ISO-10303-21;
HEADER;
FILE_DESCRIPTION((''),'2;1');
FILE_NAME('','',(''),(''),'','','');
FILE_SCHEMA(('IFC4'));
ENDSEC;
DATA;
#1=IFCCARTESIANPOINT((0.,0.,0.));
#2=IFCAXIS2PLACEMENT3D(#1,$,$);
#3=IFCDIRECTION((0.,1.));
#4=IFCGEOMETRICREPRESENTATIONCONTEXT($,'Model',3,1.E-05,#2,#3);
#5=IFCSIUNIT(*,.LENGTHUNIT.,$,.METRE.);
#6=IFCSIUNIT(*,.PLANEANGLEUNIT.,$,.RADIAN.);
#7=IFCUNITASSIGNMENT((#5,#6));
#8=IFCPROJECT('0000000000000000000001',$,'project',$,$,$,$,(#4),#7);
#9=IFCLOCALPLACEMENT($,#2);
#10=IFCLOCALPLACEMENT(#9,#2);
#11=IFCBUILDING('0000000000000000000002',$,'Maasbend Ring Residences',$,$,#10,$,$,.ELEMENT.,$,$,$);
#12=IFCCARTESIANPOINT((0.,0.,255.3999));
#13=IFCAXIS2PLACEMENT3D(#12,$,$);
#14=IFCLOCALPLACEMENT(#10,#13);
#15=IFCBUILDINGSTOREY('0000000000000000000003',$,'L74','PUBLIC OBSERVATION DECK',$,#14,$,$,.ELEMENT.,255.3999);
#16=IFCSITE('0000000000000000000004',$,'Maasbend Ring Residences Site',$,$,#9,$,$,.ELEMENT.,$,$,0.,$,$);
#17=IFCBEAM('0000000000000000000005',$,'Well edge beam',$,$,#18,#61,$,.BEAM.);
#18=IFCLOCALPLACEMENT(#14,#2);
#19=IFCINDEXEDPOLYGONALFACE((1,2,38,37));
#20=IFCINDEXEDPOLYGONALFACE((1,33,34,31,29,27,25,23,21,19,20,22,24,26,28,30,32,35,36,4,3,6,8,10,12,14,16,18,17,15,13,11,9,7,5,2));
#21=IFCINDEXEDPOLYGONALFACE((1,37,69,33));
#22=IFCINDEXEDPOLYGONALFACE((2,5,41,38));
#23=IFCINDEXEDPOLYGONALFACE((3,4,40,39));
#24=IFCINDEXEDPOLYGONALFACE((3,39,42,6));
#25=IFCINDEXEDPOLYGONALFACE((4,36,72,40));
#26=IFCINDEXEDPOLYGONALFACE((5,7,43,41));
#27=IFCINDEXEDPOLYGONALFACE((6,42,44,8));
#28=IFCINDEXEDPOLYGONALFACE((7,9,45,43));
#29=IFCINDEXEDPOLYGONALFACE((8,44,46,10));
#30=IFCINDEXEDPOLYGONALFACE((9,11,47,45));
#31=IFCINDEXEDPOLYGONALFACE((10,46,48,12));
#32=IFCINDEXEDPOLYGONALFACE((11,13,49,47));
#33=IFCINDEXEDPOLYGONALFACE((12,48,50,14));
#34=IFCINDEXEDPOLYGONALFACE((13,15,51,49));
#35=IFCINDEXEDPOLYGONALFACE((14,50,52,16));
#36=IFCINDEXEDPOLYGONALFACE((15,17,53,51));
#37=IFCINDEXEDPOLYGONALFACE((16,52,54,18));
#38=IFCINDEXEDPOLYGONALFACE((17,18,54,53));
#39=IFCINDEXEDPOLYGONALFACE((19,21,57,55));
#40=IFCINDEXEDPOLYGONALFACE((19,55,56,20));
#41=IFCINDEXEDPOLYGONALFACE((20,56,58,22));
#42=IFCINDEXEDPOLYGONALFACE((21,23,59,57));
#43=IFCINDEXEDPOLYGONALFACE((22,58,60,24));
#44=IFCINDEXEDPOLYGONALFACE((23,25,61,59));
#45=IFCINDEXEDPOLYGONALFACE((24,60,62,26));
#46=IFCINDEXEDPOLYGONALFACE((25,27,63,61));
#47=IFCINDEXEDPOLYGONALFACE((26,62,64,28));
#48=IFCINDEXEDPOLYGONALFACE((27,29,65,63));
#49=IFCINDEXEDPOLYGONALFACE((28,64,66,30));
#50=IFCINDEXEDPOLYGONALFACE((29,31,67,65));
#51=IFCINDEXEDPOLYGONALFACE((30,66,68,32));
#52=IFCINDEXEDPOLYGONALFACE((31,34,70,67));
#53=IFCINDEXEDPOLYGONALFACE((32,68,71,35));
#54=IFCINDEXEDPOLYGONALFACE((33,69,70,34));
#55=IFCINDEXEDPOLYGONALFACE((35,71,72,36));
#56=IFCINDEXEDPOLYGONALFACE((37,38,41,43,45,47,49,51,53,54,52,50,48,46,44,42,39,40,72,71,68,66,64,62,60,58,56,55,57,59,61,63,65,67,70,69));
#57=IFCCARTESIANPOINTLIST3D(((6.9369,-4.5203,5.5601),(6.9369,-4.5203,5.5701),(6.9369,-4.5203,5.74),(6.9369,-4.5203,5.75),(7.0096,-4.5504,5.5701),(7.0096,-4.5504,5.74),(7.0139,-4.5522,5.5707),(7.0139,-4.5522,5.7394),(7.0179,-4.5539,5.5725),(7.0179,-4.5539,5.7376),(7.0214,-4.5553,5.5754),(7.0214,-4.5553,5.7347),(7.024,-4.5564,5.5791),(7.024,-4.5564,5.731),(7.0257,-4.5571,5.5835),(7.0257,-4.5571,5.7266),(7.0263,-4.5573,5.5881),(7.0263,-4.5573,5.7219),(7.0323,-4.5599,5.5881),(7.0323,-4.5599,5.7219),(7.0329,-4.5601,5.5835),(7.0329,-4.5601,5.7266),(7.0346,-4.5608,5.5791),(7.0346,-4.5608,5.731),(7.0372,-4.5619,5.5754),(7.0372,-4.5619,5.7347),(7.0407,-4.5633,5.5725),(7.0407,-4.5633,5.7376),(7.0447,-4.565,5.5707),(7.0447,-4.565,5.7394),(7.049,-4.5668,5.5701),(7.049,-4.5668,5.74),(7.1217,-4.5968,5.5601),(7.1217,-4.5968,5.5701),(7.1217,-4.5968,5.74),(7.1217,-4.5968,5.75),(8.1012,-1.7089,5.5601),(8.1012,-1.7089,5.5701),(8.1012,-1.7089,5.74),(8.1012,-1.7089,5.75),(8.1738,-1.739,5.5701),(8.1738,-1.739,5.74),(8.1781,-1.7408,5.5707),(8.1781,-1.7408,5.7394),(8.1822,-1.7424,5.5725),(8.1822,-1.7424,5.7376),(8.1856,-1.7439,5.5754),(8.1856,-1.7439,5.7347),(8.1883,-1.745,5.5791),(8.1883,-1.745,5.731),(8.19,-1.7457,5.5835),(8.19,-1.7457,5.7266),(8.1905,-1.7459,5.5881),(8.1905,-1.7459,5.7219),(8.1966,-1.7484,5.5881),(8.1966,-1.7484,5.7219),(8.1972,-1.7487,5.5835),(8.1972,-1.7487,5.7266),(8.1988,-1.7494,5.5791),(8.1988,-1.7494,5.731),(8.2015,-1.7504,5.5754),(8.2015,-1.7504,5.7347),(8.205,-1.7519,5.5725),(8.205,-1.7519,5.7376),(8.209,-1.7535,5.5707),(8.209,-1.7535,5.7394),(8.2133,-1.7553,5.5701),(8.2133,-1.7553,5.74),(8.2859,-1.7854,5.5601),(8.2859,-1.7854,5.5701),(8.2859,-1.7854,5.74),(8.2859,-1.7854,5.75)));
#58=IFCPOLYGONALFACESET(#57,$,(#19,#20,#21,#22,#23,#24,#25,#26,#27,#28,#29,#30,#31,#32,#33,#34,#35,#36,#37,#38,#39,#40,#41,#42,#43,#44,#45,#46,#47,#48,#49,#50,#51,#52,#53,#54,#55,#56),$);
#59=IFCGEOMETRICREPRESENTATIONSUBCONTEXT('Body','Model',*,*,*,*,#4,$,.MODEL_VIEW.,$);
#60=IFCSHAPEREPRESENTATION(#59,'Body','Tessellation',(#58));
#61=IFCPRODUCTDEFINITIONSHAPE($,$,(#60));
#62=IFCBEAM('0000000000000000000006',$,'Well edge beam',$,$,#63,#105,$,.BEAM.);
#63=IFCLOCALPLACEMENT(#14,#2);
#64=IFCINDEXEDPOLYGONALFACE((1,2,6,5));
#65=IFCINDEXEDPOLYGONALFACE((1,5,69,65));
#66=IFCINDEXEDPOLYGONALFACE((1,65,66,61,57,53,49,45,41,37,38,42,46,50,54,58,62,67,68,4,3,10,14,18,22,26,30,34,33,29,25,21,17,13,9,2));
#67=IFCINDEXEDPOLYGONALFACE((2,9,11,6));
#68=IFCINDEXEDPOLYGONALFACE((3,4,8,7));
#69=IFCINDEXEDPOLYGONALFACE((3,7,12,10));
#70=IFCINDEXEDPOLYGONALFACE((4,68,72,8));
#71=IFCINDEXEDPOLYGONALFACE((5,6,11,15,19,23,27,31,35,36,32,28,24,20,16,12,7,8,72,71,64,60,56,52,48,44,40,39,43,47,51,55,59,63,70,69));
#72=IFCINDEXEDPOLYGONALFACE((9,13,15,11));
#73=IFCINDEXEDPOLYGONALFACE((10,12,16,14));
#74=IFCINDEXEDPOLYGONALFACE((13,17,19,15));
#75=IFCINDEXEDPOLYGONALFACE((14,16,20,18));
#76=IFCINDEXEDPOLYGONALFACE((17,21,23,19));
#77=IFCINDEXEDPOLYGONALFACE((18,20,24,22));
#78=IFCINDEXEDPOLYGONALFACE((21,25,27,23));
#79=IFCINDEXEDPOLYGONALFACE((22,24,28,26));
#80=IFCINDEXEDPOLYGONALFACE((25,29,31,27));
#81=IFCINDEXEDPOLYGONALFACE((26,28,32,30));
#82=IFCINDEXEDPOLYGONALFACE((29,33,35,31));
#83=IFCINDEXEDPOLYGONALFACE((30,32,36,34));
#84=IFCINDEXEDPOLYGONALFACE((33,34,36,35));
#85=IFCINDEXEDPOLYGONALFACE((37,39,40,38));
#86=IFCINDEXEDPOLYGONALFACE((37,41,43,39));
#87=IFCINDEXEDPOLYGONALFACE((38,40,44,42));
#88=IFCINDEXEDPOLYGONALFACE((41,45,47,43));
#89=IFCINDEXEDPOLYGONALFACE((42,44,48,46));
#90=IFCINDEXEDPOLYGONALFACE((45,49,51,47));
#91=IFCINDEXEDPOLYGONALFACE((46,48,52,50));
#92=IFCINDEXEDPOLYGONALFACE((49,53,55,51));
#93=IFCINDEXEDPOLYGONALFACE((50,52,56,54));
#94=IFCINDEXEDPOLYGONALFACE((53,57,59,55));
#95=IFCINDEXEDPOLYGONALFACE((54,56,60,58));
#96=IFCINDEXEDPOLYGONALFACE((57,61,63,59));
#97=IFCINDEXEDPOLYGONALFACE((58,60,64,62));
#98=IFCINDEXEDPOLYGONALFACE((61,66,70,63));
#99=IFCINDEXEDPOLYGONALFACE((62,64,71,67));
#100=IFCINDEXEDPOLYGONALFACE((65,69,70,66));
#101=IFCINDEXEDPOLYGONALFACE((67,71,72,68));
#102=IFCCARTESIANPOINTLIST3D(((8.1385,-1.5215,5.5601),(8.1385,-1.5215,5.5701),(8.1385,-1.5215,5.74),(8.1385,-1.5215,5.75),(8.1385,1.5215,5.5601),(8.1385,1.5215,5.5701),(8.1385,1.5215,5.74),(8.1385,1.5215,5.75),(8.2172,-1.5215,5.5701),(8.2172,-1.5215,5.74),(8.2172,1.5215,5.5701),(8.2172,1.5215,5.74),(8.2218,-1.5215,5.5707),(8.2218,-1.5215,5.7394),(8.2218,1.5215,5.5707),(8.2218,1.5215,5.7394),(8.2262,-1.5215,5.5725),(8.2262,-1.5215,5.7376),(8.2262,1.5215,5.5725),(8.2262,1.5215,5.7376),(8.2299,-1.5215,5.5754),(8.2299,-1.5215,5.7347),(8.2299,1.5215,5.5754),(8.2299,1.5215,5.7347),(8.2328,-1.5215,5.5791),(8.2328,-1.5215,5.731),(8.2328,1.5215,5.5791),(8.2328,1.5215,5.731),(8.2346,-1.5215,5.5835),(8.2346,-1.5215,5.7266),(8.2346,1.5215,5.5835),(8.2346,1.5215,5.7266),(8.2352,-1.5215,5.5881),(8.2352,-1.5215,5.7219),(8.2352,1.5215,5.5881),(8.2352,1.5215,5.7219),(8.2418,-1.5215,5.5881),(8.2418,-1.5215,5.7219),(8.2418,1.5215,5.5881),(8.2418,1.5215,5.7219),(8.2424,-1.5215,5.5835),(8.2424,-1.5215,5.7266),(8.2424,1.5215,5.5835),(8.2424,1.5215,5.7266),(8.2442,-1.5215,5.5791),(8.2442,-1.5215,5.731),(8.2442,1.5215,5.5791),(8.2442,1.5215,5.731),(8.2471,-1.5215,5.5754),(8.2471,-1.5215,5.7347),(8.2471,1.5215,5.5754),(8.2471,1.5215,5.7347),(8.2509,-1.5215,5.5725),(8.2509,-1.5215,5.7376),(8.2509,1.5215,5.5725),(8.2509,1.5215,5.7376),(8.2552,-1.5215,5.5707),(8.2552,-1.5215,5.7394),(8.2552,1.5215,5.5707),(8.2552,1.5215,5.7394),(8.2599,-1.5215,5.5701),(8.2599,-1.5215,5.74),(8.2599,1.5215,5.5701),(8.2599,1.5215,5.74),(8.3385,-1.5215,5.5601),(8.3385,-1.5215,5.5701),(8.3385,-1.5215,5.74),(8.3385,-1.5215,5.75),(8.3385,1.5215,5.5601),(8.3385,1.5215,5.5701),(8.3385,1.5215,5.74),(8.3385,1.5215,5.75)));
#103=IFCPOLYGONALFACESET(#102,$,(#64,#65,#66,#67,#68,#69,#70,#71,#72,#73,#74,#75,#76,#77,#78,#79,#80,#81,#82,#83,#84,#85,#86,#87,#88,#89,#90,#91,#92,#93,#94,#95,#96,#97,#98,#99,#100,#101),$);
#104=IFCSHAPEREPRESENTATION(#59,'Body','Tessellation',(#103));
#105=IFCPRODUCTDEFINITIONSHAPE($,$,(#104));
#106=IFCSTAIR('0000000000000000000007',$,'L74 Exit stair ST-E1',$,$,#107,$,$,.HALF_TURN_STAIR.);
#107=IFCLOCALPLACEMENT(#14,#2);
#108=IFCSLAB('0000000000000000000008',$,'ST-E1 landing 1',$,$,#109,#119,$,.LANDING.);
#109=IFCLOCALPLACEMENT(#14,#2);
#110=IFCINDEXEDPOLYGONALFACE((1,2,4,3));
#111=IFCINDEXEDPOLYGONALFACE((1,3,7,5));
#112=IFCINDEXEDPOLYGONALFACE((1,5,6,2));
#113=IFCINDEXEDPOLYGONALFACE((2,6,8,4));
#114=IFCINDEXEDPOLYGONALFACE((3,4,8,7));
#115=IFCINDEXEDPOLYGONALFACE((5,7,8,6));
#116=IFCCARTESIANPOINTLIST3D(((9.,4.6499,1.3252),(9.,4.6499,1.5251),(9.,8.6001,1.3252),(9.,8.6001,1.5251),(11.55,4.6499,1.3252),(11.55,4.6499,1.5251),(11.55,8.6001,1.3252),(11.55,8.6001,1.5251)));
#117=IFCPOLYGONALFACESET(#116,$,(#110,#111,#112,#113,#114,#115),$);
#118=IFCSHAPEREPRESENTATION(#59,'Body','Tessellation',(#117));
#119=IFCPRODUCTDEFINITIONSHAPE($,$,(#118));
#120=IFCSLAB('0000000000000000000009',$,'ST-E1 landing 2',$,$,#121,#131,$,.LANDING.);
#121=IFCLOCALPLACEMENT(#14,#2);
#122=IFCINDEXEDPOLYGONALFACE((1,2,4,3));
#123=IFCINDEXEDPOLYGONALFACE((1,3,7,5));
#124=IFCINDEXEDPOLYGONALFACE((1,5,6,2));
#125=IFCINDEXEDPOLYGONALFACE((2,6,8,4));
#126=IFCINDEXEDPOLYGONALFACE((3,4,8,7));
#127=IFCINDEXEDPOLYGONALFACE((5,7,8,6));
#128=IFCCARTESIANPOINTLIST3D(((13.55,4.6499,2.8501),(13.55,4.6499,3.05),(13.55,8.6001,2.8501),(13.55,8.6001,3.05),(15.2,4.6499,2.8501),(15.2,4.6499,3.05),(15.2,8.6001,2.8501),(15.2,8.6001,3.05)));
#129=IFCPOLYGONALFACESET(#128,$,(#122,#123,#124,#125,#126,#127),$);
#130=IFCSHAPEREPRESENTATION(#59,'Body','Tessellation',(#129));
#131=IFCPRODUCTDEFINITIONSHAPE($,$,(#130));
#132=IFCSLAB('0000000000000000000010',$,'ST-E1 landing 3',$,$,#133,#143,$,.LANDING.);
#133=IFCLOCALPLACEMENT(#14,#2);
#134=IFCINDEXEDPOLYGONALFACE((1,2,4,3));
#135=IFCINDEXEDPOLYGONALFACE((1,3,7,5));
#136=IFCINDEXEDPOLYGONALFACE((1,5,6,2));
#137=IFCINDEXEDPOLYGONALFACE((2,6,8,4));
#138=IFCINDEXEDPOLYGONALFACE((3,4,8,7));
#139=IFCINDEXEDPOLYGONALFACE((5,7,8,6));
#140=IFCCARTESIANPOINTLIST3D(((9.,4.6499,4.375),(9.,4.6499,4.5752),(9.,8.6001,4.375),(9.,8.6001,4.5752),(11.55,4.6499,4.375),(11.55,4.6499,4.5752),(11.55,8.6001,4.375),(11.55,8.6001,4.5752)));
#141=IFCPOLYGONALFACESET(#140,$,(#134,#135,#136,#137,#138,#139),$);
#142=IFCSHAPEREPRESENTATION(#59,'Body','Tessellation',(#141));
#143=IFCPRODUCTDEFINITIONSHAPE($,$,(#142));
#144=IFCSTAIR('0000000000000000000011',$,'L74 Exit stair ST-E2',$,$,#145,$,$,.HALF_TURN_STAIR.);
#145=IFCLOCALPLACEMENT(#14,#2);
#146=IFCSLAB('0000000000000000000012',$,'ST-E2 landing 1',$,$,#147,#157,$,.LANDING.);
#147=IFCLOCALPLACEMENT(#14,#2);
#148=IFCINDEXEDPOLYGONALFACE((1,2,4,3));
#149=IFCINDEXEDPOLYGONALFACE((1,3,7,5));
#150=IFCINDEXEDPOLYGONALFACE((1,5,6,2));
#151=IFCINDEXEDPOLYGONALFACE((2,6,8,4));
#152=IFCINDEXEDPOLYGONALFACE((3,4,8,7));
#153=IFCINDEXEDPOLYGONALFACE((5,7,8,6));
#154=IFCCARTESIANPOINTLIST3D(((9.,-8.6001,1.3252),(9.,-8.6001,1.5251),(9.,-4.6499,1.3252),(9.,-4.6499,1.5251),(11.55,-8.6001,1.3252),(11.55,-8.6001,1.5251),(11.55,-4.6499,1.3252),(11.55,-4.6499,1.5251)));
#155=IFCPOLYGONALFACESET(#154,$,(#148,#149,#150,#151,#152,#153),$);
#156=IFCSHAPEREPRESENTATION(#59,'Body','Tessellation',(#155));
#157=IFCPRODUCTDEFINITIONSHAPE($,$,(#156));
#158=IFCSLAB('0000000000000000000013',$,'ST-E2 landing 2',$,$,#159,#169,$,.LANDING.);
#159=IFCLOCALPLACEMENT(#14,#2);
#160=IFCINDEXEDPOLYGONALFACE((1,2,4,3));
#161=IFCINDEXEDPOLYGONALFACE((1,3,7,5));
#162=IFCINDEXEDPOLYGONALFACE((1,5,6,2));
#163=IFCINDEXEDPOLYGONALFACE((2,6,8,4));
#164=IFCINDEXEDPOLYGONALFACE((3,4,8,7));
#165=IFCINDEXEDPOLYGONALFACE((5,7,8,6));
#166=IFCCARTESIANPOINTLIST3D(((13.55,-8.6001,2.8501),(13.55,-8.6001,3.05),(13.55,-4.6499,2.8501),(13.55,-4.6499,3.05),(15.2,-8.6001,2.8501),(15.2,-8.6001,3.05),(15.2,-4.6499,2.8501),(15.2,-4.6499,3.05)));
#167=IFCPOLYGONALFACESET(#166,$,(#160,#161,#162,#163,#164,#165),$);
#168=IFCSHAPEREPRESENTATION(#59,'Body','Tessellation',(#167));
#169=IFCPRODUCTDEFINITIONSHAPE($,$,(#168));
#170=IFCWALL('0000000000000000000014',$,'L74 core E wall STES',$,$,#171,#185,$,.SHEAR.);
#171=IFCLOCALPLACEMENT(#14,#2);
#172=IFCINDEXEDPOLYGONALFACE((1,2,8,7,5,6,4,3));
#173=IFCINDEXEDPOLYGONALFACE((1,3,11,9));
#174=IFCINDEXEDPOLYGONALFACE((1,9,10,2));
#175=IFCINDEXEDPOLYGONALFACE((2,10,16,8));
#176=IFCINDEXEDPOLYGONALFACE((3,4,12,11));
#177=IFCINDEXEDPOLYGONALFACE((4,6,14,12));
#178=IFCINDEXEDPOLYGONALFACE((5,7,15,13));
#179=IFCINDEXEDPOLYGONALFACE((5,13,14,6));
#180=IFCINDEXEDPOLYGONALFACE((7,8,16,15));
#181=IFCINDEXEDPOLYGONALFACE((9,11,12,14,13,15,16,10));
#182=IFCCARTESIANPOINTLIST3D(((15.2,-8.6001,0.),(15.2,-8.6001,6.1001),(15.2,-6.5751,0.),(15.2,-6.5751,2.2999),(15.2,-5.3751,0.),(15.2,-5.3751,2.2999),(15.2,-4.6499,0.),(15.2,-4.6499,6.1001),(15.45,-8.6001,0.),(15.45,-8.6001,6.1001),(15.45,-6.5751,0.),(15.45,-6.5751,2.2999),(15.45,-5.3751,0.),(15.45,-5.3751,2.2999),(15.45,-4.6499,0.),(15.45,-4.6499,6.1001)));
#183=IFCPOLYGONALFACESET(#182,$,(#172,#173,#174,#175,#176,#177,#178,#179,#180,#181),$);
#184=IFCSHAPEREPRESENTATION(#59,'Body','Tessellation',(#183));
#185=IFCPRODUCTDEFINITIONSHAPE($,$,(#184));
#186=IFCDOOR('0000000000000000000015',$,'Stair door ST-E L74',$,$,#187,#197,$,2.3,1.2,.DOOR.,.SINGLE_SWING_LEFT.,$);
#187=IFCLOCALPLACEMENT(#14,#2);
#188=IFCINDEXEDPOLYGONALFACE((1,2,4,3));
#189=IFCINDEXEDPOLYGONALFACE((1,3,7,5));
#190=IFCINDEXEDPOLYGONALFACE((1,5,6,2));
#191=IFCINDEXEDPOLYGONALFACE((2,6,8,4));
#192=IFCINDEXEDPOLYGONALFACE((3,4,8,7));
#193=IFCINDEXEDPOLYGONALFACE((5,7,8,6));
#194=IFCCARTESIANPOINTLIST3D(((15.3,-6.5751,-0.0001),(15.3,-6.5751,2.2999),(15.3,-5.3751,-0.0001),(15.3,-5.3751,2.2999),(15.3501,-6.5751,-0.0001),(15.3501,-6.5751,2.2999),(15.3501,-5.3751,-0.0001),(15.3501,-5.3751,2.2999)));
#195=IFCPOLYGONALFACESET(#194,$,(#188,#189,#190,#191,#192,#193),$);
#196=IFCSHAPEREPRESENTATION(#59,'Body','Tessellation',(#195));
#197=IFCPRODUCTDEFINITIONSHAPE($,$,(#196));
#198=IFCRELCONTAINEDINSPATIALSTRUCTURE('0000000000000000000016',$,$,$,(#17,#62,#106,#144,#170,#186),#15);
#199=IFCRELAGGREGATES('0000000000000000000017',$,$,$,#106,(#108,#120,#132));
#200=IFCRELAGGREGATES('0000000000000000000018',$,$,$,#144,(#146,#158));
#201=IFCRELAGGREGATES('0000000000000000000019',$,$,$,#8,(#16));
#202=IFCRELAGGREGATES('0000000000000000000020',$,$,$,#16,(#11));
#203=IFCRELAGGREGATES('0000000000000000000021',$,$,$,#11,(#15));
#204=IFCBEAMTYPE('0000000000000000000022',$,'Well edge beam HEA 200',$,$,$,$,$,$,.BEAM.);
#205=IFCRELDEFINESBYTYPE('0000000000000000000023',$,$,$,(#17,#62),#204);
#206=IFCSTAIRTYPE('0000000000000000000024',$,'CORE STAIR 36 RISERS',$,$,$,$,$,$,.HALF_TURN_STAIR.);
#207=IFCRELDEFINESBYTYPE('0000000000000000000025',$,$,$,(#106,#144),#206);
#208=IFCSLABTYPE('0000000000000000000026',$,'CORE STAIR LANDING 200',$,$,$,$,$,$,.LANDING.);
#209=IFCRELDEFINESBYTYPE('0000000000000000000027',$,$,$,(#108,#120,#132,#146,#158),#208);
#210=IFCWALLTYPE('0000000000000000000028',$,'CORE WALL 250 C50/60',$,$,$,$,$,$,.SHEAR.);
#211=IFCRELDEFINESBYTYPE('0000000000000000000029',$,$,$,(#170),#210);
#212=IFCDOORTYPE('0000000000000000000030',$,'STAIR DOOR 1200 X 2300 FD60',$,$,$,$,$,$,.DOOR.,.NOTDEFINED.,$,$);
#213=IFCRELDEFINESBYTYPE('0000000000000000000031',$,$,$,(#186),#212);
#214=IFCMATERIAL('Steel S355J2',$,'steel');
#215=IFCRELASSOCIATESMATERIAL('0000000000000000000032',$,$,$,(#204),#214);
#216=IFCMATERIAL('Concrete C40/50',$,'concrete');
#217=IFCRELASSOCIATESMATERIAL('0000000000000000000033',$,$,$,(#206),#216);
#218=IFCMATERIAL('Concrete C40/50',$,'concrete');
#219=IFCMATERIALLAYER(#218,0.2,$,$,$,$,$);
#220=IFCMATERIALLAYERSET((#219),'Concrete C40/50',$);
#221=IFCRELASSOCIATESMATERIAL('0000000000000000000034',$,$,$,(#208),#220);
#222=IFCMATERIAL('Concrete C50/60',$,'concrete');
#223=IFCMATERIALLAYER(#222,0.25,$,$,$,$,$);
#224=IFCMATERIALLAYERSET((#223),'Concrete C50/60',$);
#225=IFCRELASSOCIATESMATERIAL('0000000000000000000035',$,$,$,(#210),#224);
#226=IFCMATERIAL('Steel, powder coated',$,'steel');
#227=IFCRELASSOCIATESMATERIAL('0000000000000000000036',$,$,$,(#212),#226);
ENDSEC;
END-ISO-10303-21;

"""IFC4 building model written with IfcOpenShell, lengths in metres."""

from ifc_helpers import new_model, si_unit, direction, frame, frame_2d, origin, origin_2d, place, context, subcontext, project, spatial, polyline, rectangle, i_section, outline, extrude, material, layer, layer_set, material_profile, profile_set, type_object, element, fill, aggregate, save


model = new_model("IFC4")

# Units and contexts
model_context = context("Model", 3, precision=1e-05, world=origin(), true_north=direction((0.0, 1.0)))
body_context = subcontext(model_context, "Body", "Model", "MODEL_VIEW")
ifc_project = project(units=[si_unit("LENGTHUNIT", "METRE"), si_unit("PLANEANGLEUNIT", "RADIAN")], contexts=[model_context])

# Site, building, storey
site_placement = place(None, origin())
site = spatial("IfcSite", under=ifc_project, at=site_placement, Name="Maasbend Ring Residences Site", CompositionType="ELEMENT", RefElevation=0.0)
building_placement = place(site_placement, origin())
building = spatial("IfcBuilding", under=site, at=building_placement, Name="Maasbend Ring Residences", CompositionType="ELEMENT")
storey_placement = place(building_placement, frame((0.0, 0.0, 255.3999)))
storey = spatial("IfcBuildingStorey", under=building, at=storey_placement, Name="L74", Description="PUBLIC OBSERVATION DECK", CompositionType="ELEMENT", Elevation=255.3999)

# Beams
ifc_material_1 = material(Name="Steel S355J2", Category="steel")
ifc_material_profile_1 = material_profile(ifc_material_1, i_section(OverallWidth=0.2, OverallDepth=0.1899, WebThickness=0.0066, FlangeThickness=0.01, FilletRadius=0.0181, at=origin_2d()), Name="HEA 200")
ifc_profile_set_1 = profile_set([ifc_material_profile_1], Name="Steel S355J2")
beam_type = type_object("IfcBeamType", Name="Well edge beam HEA 200", PredefinedType="BEAM", material=ifc_profile_set_1)
for number, where, z_axis, x_axis, name in (
    (1, (7.0293, -4.5586, 5.655), (0.382609, 0.92391, 0.0), (-0.92391, 0.382609, 0.0), "Well edge beam"),
    (2, (8.2385, -1.5215, 5.655), (0.0, 1.0, 0.0), (-1.0, 0.0, 0.0), "Well edge beam"),
):
    element("IfcBeam", number, at=place(storey_placement, frame(where, z_axis=z_axis, x_axis=x_axis)), inside=storey, type_object=beam_type, Name=name, PredefinedType="BEAM", context=body_context, shape_type="SweptSolid", body=[
        extrude(i_section(OverallWidth=0.2, OverallDepth=0.1899, WebThickness=0.0066, FlangeThickness=0.01, FilletRadius=0.0181, at=origin_2d()), origin(), (0.0, 0.0, 1.0), 3.043),
    ])

# Stairs, slabs
ifc_material_2 = material(Name="Concrete C40/50", Category="concrete")
stair_type = type_object("IfcStairType", Name="CORE STAIR 36 RISERS", PredefinedType="HALF_TURN_STAIR", material=ifc_material_2)
stair_1_placement = place(storey_placement, origin())
stair_1 = element("IfcStair", 3, at=stair_1_placement, inside=storey, type_object=stair_type, Name="L74 Exit stair ST-E1", PredefinedType="HALF_TURN_STAIR")
ifc_material_3 = material(Name="Concrete C40/50", Category="concrete")
ifc_layer_1 = layer(ifc_material_3, 0.2)
ifc_layer_set_1 = layer_set([ifc_layer_1], Name="Concrete C40/50")
slab_type = type_object("IfcSlabType", Name="CORE STAIR LANDING 200", PredefinedType="LANDING", material=ifc_layer_set_1)
slab_1_placement = place(storey_placement, frame((0.0, 0.0, 1.3252)))
slab_1 = element("IfcSlab", 4, at=slab_1_placement, type_object=slab_type, Name="ST-E1 landing 1", PredefinedType="LANDING", context=body_context, shape_type="SweptSolid", body=[
    extrude(outline(polyline([(11.55, 8.6001), (9.0, 8.6001), (9.0, 4.6499), (11.55, 4.6499), (11.55, 8.6001)])), origin(), (0.0, 0.0, 1.0), 0.2),
])
slab_2_placement = place(storey_placement, frame((0.0, 0.0, 2.8501)))
slab_2 = element("IfcSlab", 5, at=slab_2_placement, type_object=slab_type, Name="ST-E1 landing 2", PredefinedType="LANDING", context=body_context, shape_type="SweptSolid", body=[
    extrude(outline(polyline([(15.2, 8.6001), (13.55, 8.6001), (13.55, 4.6499), (15.2, 4.6499), (15.2, 8.6001)])), origin(), (0.0, 0.0, 1.0), 0.2),
])
slab_3_placement = place(storey_placement, frame((0.0, 0.0, 4.375)))
slab_3 = element("IfcSlab", 6, at=slab_3_placement, type_object=slab_type, Name="ST-E1 landing 3", PredefinedType="LANDING", context=body_context, shape_type="SweptSolid", body=[
    extrude(outline(polyline([(11.55, 8.6001), (9.0, 8.6001), (9.0, 4.6499), (11.55, 4.6499), (11.55, 8.6001)])), origin(), (0.0, 0.0, 1.0), 0.2002),
])
aggregate(stair_1, [slab_1, slab_2, slab_3])
stair_2_placement = place(storey_placement, origin())
stair_2 = element("IfcStair", 7, at=stair_2_placement, inside=storey, type_object=stair_type, Name="L74 Exit stair ST-E2", PredefinedType="HALF_TURN_STAIR")
slab_4_placement = place(storey_placement, frame((0.0, 0.0, 1.3252)))
slab_4 = element("IfcSlab", 8, at=slab_4_placement, type_object=slab_type, Name="ST-E2 landing 1", PredefinedType="LANDING", context=body_context, shape_type="SweptSolid", body=[
    extrude(outline(polyline([(11.55, -4.6499), (9.0, -4.6499), (9.0, -8.6001), (11.55, -8.6001), (11.55, -4.6499)])), origin(), (0.0, 0.0, 1.0), 0.2),
])
slab_5_placement = place(storey_placement, frame((0.0, 0.0, 2.8501)))
slab_5 = element("IfcSlab", 9, at=slab_5_placement, type_object=slab_type, Name="ST-E2 landing 2", PredefinedType="LANDING", context=body_context, shape_type="SweptSolid", body=[
    extrude(outline(polyline([(15.2, -4.6499), (13.55, -4.6499), (13.55, -8.6001), (15.2, -8.6001), (15.2, -4.6499)])), origin(), (0.0, 0.0, 1.0), 0.2),
])
aggregate(stair_2, [slab_4, slab_5])

# Wall, opening, door
ifc_material_4 = material(Name="Concrete C50/60", Category="concrete")
ifc_layer_2 = layer(ifc_material_4, 0.25)
ifc_layer_set_2 = layer_set([ifc_layer_2], Name="Concrete C50/60")
wall_type_1 = type_object("IfcWallType", Name="CORE WALL 250 C50/60", PredefinedType="SHEAR", material=ifc_layer_set_2)
wall_1_placement = place(storey_placement, frame((15.325, -8.6001, 0.0), z_axis=(0.0, 0.0, 1.0), x_axis=(0.0, 1.0, 0.0)))
wall_1 = element("IfcWall", 10, at=wall_1_placement, inside=storey, type_object=wall_type_1, Name="L74 core E wall STES", PredefinedType="SHEAR", context=body_context, shape_type="SweptSolid", body=[
    extrude(rectangle(XDim=3.9502, YDim=0.25, at=frame_2d((1.9751, 0.0))), origin(), (0.0, 0.0, 1.0), 6.1001),
])
opening_1_placement = place(wall_1_placement, frame((2.0249, 0.0, 0.0)))
opening_1 = element("IfcOpeningElement", 11, at=opening_1_placement, cuts=wall_1, PredefinedType="OPENING", context=body_context, shape_type="SweptSolid", body=[
    extrude(rectangle(XDim=1.2, YDim=2.3, at=frame_2d((0.6001, 1.1499))), frame((0.0, 0.135, 0.0), z_axis=(0.0, -1.0, 0.0), x_axis=(1.0, 0.0, 0.0)), (0.0, 0.0, 1.0), 0.27),
])
ifc_material_5 = material(Name="Steel, powder coated", Category="steel")
door_type_1 = type_object("IfcDoorType", Name="STAIR DOOR 1200 X 2300 FD60", OperationType="NOTDEFINED", PredefinedType="DOOR", material=ifc_material_5)
door_1_placement = place(opening_1_placement, origin())
door_1 = element("IfcDoor", 12, at=door_1_placement, inside=storey, type_object=door_type_1, Name="Stair door ST-E L74", OperationType="SINGLE_SWING_LEFT", OverallHeight=2.3, OverallWidth=1.2, PredefinedType="DOOR", context=body_context, shape_type="SweptSolid", body=[
    extrude(rectangle(XDim=1.2, YDim=2.3, at=frame_2d((0.6001, 1.1499))), frame((0.0, 0.0249, 0.0), z_axis=(0.0, -1.0, 0.0), x_axis=(1.0, 0.0, 0.0)), (0.0, 0.0, 1.0), 0.05),
])
fill(opening_1, door_1)

save(model, "model.ifc")
